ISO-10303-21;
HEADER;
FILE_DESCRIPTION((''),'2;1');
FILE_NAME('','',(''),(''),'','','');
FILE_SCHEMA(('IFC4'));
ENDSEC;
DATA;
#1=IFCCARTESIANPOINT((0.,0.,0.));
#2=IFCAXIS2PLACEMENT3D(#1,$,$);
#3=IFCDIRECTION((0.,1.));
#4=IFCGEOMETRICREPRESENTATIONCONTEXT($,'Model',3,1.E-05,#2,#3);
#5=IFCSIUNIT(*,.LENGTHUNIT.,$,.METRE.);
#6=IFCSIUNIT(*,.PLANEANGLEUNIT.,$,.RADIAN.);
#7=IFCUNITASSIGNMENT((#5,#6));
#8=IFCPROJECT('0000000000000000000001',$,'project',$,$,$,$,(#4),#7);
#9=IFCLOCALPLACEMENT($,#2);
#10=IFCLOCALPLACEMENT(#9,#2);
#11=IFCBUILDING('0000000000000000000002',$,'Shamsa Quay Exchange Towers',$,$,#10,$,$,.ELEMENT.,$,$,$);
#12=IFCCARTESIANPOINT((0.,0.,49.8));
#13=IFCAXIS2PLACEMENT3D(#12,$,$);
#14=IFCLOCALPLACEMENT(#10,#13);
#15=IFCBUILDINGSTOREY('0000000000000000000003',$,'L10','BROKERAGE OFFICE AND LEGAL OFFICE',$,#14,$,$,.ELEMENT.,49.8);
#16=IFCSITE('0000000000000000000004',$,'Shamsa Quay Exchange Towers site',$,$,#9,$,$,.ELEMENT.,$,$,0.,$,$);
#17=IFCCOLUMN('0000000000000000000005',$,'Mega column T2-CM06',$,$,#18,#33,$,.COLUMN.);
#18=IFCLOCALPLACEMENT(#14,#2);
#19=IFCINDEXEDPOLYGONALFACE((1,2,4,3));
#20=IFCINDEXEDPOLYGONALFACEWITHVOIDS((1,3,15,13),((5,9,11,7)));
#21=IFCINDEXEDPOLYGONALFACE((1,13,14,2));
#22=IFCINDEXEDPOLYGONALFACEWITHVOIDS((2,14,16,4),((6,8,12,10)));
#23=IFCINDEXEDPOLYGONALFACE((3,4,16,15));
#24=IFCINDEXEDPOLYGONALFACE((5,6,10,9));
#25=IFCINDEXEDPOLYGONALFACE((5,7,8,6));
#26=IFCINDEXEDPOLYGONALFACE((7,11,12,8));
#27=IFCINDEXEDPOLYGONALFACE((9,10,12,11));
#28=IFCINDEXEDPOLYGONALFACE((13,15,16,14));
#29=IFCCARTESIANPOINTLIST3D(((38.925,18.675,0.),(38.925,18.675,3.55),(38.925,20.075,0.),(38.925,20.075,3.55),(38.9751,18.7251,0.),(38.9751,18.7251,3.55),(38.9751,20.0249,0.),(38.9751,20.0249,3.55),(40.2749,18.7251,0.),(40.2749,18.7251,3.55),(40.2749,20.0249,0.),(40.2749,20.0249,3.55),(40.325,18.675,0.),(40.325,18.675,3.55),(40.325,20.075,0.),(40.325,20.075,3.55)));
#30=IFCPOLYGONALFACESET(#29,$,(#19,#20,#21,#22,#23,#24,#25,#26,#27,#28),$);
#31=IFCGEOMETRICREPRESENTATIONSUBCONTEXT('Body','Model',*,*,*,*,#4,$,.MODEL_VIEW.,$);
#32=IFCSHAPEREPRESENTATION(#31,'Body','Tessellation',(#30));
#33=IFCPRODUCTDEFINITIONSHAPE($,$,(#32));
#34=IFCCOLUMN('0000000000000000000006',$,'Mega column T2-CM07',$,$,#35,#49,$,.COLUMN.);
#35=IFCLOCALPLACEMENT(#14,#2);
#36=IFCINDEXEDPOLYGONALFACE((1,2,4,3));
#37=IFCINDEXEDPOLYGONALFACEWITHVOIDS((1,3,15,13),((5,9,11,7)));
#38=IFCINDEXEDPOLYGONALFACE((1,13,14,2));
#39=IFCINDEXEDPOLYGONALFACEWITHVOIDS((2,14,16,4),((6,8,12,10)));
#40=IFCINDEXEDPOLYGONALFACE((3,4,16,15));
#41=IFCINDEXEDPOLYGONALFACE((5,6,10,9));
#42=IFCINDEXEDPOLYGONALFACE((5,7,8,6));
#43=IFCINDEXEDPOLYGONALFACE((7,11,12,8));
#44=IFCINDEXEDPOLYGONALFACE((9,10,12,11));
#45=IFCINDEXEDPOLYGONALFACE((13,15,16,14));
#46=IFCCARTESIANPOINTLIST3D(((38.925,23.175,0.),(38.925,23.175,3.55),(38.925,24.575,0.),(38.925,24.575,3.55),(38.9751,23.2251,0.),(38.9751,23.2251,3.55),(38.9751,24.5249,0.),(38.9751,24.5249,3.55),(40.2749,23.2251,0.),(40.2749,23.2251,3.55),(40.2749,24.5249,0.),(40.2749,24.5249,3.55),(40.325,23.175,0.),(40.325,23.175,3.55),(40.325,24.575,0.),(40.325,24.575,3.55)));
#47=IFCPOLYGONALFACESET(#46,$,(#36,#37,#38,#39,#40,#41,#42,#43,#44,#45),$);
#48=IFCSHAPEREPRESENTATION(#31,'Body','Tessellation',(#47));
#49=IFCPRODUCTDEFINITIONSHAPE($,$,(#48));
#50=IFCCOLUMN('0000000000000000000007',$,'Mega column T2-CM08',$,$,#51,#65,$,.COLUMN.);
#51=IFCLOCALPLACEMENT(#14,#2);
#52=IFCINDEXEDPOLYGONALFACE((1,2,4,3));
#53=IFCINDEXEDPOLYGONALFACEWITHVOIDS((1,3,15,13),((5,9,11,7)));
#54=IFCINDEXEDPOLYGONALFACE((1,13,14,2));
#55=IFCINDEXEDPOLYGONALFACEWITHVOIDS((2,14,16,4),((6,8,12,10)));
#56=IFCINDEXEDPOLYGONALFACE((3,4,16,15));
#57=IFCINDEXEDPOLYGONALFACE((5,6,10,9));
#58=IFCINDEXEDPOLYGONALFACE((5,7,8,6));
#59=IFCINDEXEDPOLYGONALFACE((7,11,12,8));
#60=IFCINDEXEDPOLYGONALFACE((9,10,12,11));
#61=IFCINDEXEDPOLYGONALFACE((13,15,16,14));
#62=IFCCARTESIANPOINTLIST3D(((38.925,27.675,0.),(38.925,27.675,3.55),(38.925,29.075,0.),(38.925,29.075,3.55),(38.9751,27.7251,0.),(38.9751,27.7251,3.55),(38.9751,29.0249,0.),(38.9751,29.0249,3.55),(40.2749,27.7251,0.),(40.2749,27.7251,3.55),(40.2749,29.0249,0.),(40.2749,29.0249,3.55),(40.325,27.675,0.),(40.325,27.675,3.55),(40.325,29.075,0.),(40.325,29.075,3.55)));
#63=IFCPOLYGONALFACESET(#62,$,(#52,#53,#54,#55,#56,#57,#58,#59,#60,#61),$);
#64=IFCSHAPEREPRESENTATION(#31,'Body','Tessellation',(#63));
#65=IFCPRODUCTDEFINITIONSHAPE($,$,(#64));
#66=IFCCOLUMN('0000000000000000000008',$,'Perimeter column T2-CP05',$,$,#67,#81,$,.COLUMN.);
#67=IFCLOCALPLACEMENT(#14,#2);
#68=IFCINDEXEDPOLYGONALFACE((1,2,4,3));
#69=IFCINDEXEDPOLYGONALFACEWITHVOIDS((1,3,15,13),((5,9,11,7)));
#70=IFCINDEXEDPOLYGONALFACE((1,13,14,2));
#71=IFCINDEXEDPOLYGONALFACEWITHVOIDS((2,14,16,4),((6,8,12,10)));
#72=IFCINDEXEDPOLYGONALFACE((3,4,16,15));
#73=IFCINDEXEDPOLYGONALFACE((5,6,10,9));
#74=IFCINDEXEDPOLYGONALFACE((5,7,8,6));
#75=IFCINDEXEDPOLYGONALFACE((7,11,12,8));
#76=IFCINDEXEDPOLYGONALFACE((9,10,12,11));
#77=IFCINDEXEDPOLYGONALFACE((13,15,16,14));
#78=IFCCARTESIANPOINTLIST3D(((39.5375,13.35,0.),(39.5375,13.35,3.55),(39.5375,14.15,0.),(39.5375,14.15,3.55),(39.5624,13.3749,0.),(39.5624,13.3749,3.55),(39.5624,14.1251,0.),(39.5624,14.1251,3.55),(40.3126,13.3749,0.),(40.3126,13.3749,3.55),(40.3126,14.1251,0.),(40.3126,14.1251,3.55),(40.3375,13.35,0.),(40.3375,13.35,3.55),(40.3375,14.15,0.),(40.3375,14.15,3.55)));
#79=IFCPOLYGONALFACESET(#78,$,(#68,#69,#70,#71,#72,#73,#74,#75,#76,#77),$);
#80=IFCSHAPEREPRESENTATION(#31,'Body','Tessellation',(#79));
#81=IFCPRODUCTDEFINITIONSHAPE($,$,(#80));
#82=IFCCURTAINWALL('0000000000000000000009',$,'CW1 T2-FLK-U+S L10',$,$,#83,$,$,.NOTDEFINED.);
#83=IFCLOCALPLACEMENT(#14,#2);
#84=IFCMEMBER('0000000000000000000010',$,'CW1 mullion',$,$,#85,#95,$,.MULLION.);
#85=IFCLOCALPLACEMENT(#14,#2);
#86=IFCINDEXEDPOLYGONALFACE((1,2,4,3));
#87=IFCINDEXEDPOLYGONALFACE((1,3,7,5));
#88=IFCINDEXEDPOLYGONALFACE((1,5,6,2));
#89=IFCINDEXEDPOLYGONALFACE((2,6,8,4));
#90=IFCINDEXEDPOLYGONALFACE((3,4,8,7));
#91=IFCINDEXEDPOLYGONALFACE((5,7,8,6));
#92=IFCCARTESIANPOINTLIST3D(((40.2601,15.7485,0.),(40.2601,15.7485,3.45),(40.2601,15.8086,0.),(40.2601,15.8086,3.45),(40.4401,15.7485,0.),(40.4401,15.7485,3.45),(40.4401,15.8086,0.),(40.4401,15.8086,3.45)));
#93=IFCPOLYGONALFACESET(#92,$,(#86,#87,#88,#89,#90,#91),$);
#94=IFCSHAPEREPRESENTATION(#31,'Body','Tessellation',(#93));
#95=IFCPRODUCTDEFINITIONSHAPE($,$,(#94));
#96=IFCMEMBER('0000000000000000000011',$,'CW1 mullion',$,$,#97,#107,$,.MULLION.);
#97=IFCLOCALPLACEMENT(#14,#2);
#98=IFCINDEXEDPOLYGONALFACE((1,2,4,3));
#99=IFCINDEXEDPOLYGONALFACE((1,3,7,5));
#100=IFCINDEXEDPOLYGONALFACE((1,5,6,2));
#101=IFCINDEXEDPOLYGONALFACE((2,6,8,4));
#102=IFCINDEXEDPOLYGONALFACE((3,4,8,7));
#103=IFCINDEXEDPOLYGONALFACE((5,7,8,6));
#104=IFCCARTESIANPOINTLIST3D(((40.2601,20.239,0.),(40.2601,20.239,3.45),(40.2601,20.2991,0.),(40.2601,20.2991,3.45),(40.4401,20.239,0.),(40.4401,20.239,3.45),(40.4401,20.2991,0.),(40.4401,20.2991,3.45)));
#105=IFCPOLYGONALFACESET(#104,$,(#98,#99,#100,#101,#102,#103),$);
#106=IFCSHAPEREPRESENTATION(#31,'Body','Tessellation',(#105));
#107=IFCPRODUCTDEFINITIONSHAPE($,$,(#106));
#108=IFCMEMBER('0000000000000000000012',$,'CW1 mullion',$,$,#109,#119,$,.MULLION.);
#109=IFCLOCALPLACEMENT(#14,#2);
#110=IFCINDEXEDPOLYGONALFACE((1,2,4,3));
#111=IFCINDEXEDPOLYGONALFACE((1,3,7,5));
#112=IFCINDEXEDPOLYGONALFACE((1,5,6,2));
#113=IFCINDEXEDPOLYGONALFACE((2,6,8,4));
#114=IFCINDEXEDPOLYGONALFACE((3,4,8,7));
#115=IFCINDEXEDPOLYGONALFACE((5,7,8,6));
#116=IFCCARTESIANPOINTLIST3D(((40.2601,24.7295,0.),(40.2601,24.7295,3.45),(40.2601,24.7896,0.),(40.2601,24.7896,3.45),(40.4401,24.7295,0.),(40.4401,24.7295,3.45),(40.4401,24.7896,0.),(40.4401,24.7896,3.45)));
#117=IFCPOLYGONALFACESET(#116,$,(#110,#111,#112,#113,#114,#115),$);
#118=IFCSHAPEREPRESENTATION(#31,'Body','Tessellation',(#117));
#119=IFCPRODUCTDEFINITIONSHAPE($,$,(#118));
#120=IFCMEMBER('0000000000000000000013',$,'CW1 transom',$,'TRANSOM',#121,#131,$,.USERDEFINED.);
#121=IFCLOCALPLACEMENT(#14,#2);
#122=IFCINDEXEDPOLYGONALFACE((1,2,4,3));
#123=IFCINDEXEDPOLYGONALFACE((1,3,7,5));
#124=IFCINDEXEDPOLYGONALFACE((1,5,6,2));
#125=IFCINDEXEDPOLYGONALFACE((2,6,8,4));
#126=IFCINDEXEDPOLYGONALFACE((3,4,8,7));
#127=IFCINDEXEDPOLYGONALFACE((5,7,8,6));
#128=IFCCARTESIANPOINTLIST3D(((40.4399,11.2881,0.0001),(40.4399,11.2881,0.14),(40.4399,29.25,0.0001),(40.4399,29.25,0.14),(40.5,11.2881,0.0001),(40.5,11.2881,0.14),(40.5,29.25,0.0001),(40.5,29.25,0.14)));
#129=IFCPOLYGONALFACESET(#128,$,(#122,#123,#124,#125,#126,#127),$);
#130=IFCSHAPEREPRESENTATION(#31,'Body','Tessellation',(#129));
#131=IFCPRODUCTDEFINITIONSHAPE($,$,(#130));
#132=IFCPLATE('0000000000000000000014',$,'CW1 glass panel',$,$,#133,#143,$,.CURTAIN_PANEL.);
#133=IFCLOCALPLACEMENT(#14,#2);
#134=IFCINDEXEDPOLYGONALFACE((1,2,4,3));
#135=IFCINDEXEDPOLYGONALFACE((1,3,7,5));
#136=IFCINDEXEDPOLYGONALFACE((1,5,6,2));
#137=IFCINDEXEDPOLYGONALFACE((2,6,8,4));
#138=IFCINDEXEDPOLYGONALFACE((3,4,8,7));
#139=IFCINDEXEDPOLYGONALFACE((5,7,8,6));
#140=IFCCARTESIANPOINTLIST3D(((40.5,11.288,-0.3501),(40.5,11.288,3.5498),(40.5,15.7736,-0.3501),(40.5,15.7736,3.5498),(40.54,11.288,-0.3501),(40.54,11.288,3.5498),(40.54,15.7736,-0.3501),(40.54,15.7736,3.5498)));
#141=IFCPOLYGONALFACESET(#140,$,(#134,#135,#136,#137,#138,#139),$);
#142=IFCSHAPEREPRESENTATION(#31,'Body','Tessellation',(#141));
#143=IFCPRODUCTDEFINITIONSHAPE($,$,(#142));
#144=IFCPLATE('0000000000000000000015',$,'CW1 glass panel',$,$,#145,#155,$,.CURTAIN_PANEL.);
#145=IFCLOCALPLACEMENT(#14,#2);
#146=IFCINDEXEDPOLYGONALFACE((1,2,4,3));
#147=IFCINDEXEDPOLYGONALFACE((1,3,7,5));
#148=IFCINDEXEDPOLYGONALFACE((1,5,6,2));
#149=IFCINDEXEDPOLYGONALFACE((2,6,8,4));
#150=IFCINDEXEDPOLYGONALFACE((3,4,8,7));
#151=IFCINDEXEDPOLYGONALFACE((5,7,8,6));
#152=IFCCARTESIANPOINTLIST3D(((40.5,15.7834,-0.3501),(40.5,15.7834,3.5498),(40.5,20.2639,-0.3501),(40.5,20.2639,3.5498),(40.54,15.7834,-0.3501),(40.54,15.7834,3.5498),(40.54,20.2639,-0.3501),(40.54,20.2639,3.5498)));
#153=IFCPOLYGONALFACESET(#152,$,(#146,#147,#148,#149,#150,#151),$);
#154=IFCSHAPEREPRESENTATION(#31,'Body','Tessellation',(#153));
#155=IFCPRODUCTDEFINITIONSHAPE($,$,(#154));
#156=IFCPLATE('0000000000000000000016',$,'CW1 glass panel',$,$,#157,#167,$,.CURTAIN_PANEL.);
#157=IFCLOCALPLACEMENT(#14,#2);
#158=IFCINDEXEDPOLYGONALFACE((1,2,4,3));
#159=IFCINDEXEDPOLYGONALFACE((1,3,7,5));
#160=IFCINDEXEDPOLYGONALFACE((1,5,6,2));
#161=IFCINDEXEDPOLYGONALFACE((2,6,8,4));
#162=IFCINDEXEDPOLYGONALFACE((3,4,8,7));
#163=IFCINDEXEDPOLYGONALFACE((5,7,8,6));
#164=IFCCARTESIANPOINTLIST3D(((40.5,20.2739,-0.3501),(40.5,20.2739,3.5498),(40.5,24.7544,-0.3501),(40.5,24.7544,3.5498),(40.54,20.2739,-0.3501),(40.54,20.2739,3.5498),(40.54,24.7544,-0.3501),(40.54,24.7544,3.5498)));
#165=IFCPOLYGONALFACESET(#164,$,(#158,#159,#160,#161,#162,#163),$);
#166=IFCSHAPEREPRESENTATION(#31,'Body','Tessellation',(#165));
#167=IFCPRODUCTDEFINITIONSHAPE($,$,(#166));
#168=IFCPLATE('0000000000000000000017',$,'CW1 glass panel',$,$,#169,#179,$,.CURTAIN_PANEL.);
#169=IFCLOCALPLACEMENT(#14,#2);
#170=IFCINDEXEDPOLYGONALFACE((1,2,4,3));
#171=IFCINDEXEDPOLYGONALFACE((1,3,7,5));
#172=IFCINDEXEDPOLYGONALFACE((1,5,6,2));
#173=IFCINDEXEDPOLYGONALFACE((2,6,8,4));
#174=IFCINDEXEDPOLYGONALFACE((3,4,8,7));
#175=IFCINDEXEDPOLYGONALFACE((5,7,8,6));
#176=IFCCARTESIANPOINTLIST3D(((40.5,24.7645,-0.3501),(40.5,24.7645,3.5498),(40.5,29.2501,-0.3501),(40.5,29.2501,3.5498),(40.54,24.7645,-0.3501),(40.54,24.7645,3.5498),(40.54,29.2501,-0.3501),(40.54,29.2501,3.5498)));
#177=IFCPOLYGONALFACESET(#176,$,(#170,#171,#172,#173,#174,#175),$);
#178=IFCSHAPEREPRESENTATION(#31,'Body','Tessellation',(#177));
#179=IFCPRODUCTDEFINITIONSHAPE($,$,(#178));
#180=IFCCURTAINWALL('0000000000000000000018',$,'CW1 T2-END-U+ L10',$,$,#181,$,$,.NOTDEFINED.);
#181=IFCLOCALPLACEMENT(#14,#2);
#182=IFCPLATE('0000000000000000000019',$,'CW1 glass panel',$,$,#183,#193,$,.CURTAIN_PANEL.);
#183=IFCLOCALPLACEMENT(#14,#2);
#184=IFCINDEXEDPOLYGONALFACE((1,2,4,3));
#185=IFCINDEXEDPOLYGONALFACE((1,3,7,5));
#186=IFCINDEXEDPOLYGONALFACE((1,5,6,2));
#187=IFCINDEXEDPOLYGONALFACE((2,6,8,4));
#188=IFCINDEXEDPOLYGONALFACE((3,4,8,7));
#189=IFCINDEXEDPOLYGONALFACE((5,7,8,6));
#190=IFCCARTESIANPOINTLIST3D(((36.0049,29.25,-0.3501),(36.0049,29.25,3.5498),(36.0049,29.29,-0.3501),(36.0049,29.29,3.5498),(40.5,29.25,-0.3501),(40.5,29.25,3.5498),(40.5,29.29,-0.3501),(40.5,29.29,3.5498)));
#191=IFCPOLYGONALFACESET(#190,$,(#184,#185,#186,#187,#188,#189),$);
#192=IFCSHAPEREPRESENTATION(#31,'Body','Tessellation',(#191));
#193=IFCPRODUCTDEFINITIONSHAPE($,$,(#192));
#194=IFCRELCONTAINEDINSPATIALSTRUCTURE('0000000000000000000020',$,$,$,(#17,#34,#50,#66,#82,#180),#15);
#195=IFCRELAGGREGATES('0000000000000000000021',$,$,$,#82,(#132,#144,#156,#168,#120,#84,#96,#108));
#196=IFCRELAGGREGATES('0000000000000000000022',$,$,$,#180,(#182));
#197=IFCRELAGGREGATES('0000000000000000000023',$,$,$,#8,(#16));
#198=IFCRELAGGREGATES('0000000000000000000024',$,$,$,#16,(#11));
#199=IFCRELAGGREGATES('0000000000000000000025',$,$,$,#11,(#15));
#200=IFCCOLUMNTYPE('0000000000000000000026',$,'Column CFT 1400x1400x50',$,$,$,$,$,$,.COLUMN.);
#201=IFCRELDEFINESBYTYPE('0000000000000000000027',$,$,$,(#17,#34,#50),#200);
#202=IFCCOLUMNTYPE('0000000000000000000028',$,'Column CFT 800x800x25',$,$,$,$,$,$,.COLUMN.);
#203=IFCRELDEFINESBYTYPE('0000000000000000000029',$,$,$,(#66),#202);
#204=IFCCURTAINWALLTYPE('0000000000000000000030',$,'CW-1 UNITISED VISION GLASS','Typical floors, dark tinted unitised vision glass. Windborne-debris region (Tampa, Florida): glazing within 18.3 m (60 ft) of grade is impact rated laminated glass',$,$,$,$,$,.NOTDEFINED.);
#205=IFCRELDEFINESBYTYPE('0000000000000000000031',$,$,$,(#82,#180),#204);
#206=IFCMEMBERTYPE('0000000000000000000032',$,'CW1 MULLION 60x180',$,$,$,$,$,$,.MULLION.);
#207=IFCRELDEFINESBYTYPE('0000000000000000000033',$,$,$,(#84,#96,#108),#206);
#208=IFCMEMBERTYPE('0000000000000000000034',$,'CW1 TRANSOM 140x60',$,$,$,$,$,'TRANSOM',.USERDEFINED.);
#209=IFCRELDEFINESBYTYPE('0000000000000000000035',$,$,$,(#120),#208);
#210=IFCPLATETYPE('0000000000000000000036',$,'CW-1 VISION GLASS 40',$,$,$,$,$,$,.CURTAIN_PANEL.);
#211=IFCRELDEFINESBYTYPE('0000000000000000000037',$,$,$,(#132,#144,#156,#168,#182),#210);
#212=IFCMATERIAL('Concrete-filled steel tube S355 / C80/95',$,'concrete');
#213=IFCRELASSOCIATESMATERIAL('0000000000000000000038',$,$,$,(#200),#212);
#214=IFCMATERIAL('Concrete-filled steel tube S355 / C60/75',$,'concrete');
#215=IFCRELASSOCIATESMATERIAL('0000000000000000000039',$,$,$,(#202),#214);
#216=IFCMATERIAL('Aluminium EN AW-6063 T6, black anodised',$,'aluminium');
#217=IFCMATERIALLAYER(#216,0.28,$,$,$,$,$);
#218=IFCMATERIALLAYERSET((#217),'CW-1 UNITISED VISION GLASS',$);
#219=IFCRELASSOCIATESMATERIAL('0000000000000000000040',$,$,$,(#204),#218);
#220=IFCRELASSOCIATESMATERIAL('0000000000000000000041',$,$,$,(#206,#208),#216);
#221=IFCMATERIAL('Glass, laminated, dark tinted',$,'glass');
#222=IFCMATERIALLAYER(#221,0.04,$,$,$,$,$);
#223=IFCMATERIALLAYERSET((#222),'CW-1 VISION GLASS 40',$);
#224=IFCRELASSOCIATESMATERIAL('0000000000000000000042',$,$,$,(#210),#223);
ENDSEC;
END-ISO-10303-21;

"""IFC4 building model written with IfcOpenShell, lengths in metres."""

from ifc_helpers import new_model, si_unit, direction, frame, origin, origin_2d, place, context, subcontext, project, spatial, rectangle, hollow_rectangle, extrude, material, layer, layer_set, material_profile, profile_set, type_object, element, aggregate, save


model = new_model("IFC4")

# Units and contexts
model_context = context("Model", 3, precision=1e-05, world=origin(), true_north=direction((0.0, 1.0)))
body_context = subcontext(model_context, "Body", "Model", "MODEL_VIEW")
ifc_project = project(units=[si_unit("LENGTHUNIT", "METRE"), si_unit("PLANEANGLEUNIT", "RADIAN")], contexts=[model_context])

# Site, building, storey
site_placement = place(None, origin())
site = spatial("IfcSite", under=ifc_project, at=site_placement, Name="Shamsa Quay Exchange Towers site", CompositionType="ELEMENT", RefElevation=0.0)
building_placement = place(site_placement, origin())
building = spatial("IfcBuilding", under=site, at=building_placement, Name="Shamsa Quay Exchange Towers", CompositionType="ELEMENT")
storey_placement = place(building_placement, frame((0.0, 0.0, 49.8)))
storey = spatial("IfcBuildingStorey", under=building, at=storey_placement, Name="L10", Description="BROKERAGE OFFICE AND LEGAL OFFICE", CompositionType="ELEMENT", Elevation=49.8)

# Columns
ifc_material_1 = material(Name="Concrete-filled steel tube S355 / C80/95", Category="concrete")
ifc_material_profile_1 = material_profile(ifc_material_1, hollow_rectangle(XDim=1.3999, YDim=1.3999, WallThickness=0.05, at=origin_2d()), Name="CFT 1400x1400x50")
ifc_profile_set_1 = profile_set([ifc_material_profile_1], Name="Concrete-filled steel tube S355 / C80/95")
column_type_1 = type_object("IfcColumnType", Name="Column CFT 1400x1400x50", PredefinedType="COLUMN", material=ifc_profile_set_1)
for number, where, name in (
    (1, (39.625, 19.375, 0.0), "Mega column T2-CM06"),
    (2, (39.625, 23.875, 0.0), "Mega column T2-CM07"),
    (3, (39.625, 28.375, 0.0), "Mega column T2-CM08"),
):
    element("IfcColumn", number, at=place(storey_placement, frame(where)), inside=storey, type_object=column_type_1, Name=name, PredefinedType="COLUMN", context=body_context, shape_type="SweptSolid", body=[
        extrude(hollow_rectangle(XDim=1.3999, YDim=1.3999, WallThickness=0.05, at=origin_2d()), origin(), (0.0, 0.0, 1.0), 3.55),
    ])
ifc_material_2 = material(Name="Concrete-filled steel tube S355 / C60/75", Category="concrete")
ifc_material_profile_2 = material_profile(ifc_material_2, hollow_rectangle(XDim=0.8, YDim=0.8, WallThickness=0.0249, at=origin_2d()), Name="CFT 800x800x25")
ifc_profile_set_2 = profile_set([ifc_material_profile_2], Name="Concrete-filled steel tube S355 / C60/75")
column_type_2 = type_object("IfcColumnType", Name="Column CFT 800x800x25", PredefinedType="COLUMN", material=ifc_profile_set_2)
column_placement = place(storey_placement, frame((39.9375, 13.75, 0.0)))
element("IfcColumn", 4, at=column_placement, inside=storey, type_object=column_type_2, Name="Perimeter column T2-CP05", PredefinedType="COLUMN", context=body_context, shape_type="SweptSolid", body=[
    extrude(hollow_rectangle(XDim=0.8, YDim=0.8, WallThickness=0.0249, at=origin_2d()), origin(), (0.0, 0.0, 1.0), 3.55),
])

# Curtain wall, members, plates
ifc_material_3 = material(Name="Aluminium EN AW-6063 T6, black anodised", Category="aluminium")
ifc_layer_1 = layer(ifc_material_3, 0.28)
ifc_layer_set_1 = layer_set([ifc_layer_1], Name="CW-1 UNITISED VISION GLASS")
curtain_wall_type_1 = type_object("IfcCurtainWallType", Name="CW-1 UNITISED VISION GLASS", Description="Typical floors, dark tinted unitised vision glass. Windborne-debris region (Tampa, Florida): glazing within 18.3 m (60 ft) of grade is impact rated laminated glass", PredefinedType="NOTDEFINED", material=ifc_layer_set_1)
curtain_wall_1_placement = place(storey_placement, origin())
curtain_wall_1 = element("IfcCurtainWall", 5, at=curtain_wall_1_placement, inside=storey, type_object=curtain_wall_type_1, Name="CW1 T2-FLK-U+S L10", PredefinedType="NOTDEFINED")
ifc_material_profile_3 = material_profile(ifc_material_3, rectangle(XDim=0.1799, YDim=0.0601, at=origin_2d()), Name="MU60x180")
ifc_profile_set_3 = profile_set([ifc_material_profile_3], Name="Aluminium EN AW-6063 T6, black anodised")
member_type_1 = type_object("IfcMemberType", Name="CW1 MULLION 60x180", PredefinedType="MULLION", material=ifc_profile_set_3)
member_1_placement = place(storey_placement, frame((40.3501, 15.7786, 0.0), z_axis=(0.0, 0.0, 1.0), x_axis=(-1.0, 0.0, 0.0)))
member_1 = element("IfcMember", 6, at=member_1_placement, type_object=member_type_1, Name="CW1 mullion", PredefinedType="MULLION", context=body_context, shape_type="SweptSolid", body=[
    extrude(rectangle(XDim=0.1799, YDim=0.0601, at=origin_2d()), origin(), (0.0, 0.0, 1.0), 3.45),
])
member_2_placement = place(storey_placement, frame((40.3501, 20.269, 0.0), z_axis=(0.0, 0.0, 1.0), x_axis=(-1.0, 0.0, 0.0)))
member_2 = element("IfcMember", 7, at=member_2_placement, type_object=member_type_1, Name="CW1 mullion", PredefinedType="MULLION", context=body_context, shape_type="SweptSolid", body=[
    extrude(rectangle(XDim=0.1799, YDim=0.0601, at=origin_2d()), origin(), (0.0, 0.0, 1.0), 3.45),
])
member_3_placement = place(storey_placement, frame((40.3501, 24.7595, 0.0), z_axis=(0.0, 0.0, 1.0), x_axis=(-1.0, 0.0, 0.0)))
member_3 = element("IfcMember", 8, at=member_3_placement, type_object=member_type_1, Name="CW1 mullion", PredefinedType="MULLION", context=body_context, shape_type="SweptSolid", body=[
    extrude(rectangle(XDim=0.1799, YDim=0.0601, at=origin_2d()), origin(), (0.0, 0.0, 1.0), 3.45),
])
ifc_material_profile_4 = material_profile(ifc_material_3, rectangle(XDim=0.0601, YDim=0.1399, at=origin_2d()), Name="TR140x60")
ifc_profile_set_4 = profile_set([ifc_material_profile_4], Name="Aluminium EN AW-6063 T6, black anodised")
member_type_2 = type_object("IfcMemberType", Name="CW1 TRANSOM 140x60", ElementType="TRANSOM", PredefinedType="USERDEFINED", material=ifc_profile_set_4)
member_4_placement = place(storey_placement, frame((40.47, 11.2881, 0.0701), z_axis=(0.0, 1.0, 0.0), x_axis=(-1.0, 0.0, 0.0)))
member_4 = element("IfcMember", 9, at=member_4_placement, type_object=member_type_2, Name="CW1 transom", ObjectType="TRANSOM", PredefinedType="USERDEFINED", context=body_context, shape_type="SweptSolid", body=[
    extrude(rectangle(XDim=0.0601, YDim=0.1399, at=origin_2d()), origin(), (0.0, 0.0, 1.0), 17.9619),
])
ifc_material_4 = material(Name="Glass, laminated, dark tinted", Category="glass")
ifc_layer_2 = layer(ifc_material_4, 0.04)
ifc_layer_set_2 = layer_set([ifc_layer_2], Name="CW-1 VISION GLASS 40")
plate_type_1 = type_object("IfcPlateType", Name="CW-1 VISION GLASS 40", PredefinedType="CURTAIN_PANEL", material=ifc_layer_set_2)
plate_1_placement = place(storey_placement, frame((40.52, 13.5308, -0.3501), z_axis=(0.0, 0.0, 1.0), x_axis=(0.0, 1.0, 0.0)))
plate_1 = element("IfcPlate", 10, at=plate_1_placement, type_object=plate_type_1, Name="CW1 glass panel", PredefinedType="CURTAIN_PANEL", context=body_context, shape_type="SweptSolid", body=[
    extrude(rectangle(XDim=4.4856, YDim=0.04, at=origin_2d()), origin(), (0.0, 0.0, 1.0), 3.8999),
])
plate_2_placement = place(storey_placement, frame((40.52, 18.0237, -0.3501), z_axis=(0.0, 0.0, 1.0), x_axis=(0.0, 1.0, 0.0)))
plate_2 = element("IfcPlate", 11, at=plate_2_placement, type_object=plate_type_1, Name="CW1 glass panel", PredefinedType="CURTAIN_PANEL", context=body_context, shape_type="SweptSolid", body=[
    extrude(rectangle(XDim=4.4805, YDim=0.04, at=origin_2d()), origin(), (0.0, 0.0, 1.0), 3.8999),
])
plate_3_placement = place(storey_placement, frame((40.52, 22.5142, -0.3501), z_axis=(0.0, 0.0, 1.0), x_axis=(0.0, 1.0, 0.0)))
plate_3 = element("IfcPlate", 12, at=plate_3_placement, type_object=plate_type_1, Name="CW1 glass panel", PredefinedType="CURTAIN_PANEL", context=body_context, shape_type="SweptSolid", body=[
    extrude(rectangle(XDim=4.4805, YDim=0.04, at=origin_2d()), origin(), (0.0, 0.0, 1.0), 3.8999),
])
plate_4_placement = place(storey_placement, frame((40.52, 27.0073, -0.3501), z_axis=(0.0, 0.0, 1.0), x_axis=(0.0, 1.0, 0.0)))
plate_4 = element("IfcPlate", 13, at=plate_4_placement, type_object=plate_type_1, Name="CW1 glass panel", PredefinedType="CURTAIN_PANEL", context=body_context, shape_type="SweptSolid", body=[
    extrude(rectangle(XDim=4.4856, YDim=0.04, at=origin_2d()), origin(), (0.0, 0.0, 1.0), 3.8999),
])
aggregate(curtain_wall_1, [plate_1, plate_2, plate_3, plate_4, member_4, member_1, member_2, member_3])

# Curtain wall, plate
curtain_wall_2_placement = place(storey_placement, origin())
curtain_wall_2 = element("IfcCurtainWall", 14, at=curtain_wall_2_placement, inside=storey, type_object=curtain_wall_type_1, Name="CW1 T2-END-U+ L10", PredefinedType="NOTDEFINED")
plate_5_placement = place(storey_placement, frame((38.2524, 29.27, -0.3501), z_axis=(0.0, 0.0, 1.0), x_axis=(-1.0, 0.0, 0.0)))
plate_5 = element("IfcPlate", 15, at=plate_5_placement, type_object=plate_type_1, Name="CW1 glass panel", PredefinedType="CURTAIN_PANEL", context=body_context, shape_type="SweptSolid", body=[
    extrude(rectangle(XDim=4.4951, YDim=0.04, at=origin_2d()), origin(), (0.0, 0.0, 1.0), 3.8999),
])
aggregate(curtain_wall_2, [plate_5])

save(model, "model.ifc")
